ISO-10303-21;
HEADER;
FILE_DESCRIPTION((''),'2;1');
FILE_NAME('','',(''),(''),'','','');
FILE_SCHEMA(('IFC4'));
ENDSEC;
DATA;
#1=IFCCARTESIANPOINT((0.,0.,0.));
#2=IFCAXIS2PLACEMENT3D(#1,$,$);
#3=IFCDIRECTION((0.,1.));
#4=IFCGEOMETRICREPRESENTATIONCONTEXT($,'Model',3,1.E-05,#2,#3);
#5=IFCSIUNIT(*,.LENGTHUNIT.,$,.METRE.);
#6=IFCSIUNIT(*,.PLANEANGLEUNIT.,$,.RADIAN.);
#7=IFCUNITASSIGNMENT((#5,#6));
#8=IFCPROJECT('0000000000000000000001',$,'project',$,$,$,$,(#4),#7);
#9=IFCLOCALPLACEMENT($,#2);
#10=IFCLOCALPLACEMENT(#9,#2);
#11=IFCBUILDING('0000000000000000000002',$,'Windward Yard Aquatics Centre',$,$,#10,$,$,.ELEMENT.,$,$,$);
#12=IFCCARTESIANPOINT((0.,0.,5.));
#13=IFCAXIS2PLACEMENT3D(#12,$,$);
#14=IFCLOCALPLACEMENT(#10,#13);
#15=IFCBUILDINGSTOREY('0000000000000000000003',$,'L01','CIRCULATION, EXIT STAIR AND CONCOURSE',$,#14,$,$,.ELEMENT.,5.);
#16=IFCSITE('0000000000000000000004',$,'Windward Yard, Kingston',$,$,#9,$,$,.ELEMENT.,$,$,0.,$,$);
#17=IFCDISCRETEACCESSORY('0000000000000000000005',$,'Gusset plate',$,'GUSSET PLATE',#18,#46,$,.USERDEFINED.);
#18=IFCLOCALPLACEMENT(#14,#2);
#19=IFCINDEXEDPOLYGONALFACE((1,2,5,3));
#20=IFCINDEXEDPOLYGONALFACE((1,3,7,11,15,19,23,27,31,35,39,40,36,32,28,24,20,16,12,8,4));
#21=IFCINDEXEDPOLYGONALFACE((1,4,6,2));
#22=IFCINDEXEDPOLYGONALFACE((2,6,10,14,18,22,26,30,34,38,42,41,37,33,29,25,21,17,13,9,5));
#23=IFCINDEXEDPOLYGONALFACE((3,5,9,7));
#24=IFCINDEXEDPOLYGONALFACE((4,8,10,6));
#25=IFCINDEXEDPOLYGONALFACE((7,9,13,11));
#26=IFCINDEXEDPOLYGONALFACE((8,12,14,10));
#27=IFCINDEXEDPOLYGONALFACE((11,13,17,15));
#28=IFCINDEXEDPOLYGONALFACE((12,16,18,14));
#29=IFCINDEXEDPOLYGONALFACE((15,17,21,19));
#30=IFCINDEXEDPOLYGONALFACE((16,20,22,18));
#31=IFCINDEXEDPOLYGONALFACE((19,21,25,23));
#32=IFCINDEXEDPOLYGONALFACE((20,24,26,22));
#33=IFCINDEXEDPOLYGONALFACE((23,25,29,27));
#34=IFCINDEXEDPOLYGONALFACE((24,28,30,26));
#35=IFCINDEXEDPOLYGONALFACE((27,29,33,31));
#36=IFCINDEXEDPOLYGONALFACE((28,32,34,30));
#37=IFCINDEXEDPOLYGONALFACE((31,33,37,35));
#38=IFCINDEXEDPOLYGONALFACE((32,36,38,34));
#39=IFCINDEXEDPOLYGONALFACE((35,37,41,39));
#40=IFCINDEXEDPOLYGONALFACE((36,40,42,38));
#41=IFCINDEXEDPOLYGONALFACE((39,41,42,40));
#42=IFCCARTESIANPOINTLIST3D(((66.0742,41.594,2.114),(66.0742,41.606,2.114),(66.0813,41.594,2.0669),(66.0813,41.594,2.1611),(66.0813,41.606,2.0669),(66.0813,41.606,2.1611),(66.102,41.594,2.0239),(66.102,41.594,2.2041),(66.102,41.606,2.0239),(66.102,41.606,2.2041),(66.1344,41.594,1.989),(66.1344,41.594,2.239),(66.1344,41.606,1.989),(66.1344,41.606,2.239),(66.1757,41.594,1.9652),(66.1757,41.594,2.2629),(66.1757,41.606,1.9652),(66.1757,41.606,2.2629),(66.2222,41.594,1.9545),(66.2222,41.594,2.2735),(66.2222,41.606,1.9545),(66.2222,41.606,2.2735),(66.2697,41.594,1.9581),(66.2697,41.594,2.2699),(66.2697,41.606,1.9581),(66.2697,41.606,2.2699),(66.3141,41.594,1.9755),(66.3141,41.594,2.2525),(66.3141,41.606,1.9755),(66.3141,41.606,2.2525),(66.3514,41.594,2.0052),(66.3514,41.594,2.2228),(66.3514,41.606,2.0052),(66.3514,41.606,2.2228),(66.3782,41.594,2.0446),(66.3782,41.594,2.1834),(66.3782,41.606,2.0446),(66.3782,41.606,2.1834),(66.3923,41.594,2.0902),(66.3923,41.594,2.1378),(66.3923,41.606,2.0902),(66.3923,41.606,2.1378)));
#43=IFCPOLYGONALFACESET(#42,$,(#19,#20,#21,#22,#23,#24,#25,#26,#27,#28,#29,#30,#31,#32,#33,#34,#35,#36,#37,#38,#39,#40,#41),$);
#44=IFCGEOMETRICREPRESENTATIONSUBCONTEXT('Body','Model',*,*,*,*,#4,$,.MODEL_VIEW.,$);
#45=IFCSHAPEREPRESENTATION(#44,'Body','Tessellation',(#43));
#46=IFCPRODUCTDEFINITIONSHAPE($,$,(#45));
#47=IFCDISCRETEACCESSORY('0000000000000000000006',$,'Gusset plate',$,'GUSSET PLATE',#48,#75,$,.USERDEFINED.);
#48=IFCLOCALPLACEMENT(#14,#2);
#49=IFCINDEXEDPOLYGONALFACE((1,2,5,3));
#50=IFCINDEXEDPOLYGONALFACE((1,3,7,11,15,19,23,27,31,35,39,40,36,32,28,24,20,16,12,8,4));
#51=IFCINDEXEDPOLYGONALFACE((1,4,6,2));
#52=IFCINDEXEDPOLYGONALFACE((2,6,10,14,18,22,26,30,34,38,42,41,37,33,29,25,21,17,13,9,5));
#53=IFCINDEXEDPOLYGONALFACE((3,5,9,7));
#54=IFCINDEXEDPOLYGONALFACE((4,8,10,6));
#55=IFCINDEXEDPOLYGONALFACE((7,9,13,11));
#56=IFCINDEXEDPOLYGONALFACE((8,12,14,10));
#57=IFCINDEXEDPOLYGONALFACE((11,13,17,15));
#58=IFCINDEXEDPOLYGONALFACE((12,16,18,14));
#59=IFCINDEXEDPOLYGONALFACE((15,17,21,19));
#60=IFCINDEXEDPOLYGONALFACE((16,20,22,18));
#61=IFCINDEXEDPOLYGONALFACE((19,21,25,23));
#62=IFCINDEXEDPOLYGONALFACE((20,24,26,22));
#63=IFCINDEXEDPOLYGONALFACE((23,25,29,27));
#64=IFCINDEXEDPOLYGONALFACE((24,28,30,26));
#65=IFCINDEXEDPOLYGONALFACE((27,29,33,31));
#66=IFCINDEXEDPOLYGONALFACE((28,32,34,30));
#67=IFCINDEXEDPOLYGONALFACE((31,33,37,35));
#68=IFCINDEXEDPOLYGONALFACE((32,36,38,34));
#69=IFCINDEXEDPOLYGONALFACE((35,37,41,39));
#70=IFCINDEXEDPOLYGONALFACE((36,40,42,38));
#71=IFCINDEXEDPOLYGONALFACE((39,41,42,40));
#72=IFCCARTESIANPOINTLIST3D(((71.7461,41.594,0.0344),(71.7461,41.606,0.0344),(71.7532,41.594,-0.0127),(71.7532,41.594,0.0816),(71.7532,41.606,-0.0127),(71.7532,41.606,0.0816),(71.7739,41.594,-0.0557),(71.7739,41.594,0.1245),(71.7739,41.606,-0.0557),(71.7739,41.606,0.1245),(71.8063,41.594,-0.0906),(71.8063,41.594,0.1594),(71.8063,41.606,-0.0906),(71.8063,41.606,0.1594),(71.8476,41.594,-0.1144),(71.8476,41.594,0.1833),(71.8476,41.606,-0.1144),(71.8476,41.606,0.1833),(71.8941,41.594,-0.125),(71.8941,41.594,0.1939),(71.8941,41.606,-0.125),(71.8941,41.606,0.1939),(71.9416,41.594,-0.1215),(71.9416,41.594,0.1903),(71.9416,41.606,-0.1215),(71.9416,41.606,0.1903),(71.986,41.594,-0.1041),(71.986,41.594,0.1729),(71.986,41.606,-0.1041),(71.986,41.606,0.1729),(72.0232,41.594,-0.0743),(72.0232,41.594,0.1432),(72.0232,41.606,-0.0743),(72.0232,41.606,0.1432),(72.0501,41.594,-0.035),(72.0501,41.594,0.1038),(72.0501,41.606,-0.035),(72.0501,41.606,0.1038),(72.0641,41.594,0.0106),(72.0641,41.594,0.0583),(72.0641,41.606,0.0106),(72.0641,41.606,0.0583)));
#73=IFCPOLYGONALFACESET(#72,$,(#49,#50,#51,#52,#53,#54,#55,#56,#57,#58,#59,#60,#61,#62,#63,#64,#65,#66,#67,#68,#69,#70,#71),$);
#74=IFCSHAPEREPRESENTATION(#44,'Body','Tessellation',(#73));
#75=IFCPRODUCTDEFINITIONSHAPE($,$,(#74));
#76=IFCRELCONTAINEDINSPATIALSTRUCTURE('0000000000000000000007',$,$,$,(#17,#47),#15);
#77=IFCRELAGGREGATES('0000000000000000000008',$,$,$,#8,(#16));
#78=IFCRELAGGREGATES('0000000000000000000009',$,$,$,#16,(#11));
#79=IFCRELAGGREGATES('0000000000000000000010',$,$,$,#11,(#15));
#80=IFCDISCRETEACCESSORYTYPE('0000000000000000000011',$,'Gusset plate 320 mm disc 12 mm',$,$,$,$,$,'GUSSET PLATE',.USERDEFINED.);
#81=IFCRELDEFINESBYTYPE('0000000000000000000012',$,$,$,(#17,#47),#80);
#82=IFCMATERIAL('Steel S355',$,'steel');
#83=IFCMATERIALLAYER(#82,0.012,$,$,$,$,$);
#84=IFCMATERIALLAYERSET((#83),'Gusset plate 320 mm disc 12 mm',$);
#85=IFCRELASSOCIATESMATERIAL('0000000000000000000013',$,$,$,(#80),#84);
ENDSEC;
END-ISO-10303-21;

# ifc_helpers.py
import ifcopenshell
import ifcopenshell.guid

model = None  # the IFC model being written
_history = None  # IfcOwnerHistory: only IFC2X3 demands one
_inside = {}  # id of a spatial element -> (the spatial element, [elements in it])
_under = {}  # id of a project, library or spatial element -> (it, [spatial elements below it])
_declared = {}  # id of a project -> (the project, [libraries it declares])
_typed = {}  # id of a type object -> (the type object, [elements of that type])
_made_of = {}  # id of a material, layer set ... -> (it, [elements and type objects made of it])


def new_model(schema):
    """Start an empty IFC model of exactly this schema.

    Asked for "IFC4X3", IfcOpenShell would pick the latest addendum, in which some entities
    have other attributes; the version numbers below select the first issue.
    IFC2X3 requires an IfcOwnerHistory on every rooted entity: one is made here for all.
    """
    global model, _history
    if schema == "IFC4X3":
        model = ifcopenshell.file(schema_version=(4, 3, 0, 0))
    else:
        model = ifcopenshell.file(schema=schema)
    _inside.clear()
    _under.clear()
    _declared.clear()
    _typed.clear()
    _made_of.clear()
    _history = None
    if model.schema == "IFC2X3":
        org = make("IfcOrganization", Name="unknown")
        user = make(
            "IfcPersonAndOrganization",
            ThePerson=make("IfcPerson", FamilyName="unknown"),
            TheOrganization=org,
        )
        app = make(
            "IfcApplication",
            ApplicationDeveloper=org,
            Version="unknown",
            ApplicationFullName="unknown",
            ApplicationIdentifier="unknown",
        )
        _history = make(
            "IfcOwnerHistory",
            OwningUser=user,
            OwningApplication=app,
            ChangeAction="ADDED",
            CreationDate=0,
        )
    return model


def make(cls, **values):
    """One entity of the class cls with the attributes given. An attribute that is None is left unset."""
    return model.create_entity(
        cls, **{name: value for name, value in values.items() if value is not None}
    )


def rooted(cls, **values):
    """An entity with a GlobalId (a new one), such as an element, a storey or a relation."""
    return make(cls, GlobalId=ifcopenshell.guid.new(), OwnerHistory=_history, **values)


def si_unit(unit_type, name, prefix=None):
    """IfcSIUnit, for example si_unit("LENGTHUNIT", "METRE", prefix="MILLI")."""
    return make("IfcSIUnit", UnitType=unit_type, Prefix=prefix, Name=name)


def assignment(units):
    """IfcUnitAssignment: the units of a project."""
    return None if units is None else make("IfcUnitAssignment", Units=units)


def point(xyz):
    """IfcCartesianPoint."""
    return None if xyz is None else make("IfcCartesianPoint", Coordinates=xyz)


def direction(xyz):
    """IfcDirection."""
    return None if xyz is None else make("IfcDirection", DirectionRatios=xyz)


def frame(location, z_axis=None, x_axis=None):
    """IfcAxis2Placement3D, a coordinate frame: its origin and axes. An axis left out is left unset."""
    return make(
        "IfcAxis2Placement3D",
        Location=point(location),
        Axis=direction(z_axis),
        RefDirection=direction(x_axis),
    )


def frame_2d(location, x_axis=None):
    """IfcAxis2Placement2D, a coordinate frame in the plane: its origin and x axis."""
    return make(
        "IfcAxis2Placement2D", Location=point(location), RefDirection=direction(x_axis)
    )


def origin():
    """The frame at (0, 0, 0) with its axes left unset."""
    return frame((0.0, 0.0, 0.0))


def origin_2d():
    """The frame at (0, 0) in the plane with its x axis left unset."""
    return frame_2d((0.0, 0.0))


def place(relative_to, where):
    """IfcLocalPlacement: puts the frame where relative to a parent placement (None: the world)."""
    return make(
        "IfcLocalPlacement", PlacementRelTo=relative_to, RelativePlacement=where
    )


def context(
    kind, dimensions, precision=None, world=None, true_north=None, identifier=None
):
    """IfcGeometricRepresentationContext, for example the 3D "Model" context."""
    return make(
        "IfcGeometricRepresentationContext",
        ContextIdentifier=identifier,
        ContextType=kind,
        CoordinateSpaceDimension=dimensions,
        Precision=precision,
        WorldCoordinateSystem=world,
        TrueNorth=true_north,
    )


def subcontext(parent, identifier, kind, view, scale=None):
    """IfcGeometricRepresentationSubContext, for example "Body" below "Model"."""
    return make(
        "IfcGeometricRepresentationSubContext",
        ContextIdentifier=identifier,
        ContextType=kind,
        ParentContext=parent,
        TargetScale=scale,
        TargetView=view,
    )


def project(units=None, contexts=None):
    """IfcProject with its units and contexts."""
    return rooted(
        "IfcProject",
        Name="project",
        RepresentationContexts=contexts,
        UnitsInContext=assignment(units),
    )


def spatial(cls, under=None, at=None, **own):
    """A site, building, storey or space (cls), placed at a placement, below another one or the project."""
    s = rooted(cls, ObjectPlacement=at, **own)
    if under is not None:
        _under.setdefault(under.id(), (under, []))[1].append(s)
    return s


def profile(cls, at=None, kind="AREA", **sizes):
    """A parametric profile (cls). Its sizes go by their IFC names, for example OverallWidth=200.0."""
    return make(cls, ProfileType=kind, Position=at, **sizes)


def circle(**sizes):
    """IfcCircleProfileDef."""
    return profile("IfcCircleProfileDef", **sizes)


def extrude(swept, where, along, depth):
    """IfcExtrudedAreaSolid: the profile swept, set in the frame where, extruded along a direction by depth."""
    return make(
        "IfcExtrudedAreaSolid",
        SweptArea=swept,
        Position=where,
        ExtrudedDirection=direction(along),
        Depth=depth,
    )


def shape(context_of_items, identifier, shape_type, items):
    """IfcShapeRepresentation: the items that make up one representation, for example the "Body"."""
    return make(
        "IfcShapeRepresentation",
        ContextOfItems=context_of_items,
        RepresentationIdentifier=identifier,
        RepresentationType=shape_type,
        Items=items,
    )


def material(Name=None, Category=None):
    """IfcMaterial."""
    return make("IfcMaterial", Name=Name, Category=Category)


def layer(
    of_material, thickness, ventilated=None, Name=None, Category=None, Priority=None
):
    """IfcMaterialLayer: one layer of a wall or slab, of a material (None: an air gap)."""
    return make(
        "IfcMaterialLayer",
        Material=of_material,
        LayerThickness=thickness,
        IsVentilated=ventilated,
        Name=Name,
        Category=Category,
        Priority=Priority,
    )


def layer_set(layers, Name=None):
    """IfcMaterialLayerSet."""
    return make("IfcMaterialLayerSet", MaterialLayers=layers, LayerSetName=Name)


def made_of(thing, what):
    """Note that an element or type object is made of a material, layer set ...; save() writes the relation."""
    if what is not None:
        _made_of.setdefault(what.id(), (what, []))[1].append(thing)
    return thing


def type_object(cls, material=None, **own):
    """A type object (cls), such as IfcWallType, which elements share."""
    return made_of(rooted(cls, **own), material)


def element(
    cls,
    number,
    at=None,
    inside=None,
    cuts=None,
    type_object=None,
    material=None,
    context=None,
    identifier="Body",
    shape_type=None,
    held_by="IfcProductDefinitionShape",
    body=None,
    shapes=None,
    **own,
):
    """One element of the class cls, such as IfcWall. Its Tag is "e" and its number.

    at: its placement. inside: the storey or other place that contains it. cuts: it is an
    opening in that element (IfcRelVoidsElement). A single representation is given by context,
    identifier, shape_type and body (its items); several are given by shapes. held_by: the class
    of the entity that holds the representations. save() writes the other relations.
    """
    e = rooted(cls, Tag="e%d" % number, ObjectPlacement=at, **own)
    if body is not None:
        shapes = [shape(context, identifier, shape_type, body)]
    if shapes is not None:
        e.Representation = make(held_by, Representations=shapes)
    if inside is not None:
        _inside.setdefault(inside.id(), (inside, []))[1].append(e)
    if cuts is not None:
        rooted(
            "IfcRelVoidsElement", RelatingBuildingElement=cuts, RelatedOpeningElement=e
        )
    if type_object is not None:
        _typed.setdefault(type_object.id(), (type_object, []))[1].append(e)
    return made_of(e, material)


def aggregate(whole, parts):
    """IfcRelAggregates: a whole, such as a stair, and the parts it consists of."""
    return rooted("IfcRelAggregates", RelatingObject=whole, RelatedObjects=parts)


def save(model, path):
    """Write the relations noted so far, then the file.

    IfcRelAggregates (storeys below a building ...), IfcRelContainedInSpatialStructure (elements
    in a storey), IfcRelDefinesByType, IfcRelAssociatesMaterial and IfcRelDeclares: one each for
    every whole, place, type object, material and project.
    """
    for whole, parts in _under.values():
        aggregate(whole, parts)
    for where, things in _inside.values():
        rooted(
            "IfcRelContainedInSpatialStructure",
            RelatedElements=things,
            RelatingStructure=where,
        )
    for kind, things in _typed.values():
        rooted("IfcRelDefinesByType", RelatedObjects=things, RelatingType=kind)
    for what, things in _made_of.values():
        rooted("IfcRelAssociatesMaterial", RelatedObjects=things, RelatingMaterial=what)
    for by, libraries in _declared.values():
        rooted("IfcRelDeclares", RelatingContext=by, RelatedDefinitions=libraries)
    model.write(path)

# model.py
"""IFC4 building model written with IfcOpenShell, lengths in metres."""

from ifc_helpers import new_model, si_unit, direction, frame, origin, origin_2d, place, context, subcontext, project, spatial, circle, extrude, material, layer, layer_set, type_object, element, save


model = new_model("IFC4")

# Units and contexts
model_context = context("Model", 3, precision=1e-05, world=origin(), true_north=direction((0.0, 1.0)))
body_context = subcontext(model_context, "Body", "Model", "MODEL_VIEW")
ifc_project = project(units=[si_unit("LENGTHUNIT", "METRE"), si_unit("PLANEANGLEUNIT", "RADIAN")], contexts=[model_context])

# Site, building, storey
site_placement = place(None, origin())
site = spatial("IfcSite", under=ifc_project, at=site_placement, Name="Windward Yard, Kingston", CompositionType="ELEMENT", RefElevation=0.0)
building_placement = place(site_placement, origin())
building = spatial("IfcBuilding", under=site, at=building_placement, Name="Windward Yard Aquatics Centre", CompositionType="ELEMENT")
storey_placement = place(building_placement, frame((0.0, 0.0, 5.0)))
storey = spatial("IfcBuildingStorey", under=building, at=storey_placement, Name="L01", Description="CIRCULATION, EXIT STAIR AND CONCOURSE", CompositionType="ELEMENT", Elevation=5.0)

# Discrete accessories
ifc_material_1 = material(Name="Steel S355", Category="steel")
ifc_layer_1 = layer(ifc_material_1, 0.012)
ifc_layer_set_1 = layer_set([ifc_layer_1], Name="Gusset plate 320 mm disc 12 mm")
discrete_accessory_type = type_object("IfcDiscreteAccessoryType", Name="Gusset plate 320 mm disc 12 mm", ElementType="GUSSET PLATE", PredefinedType="USERDEFINED", material=ifc_layer_set_1)
for number, where, z_axis, x_axis, name in (
    (1, (66.2341, 41.594, 2.114), (0.0, 1.0, 0.0), (-1.0, 0.0, 0.0), "Gusset plate"),
    (2, (71.906, 41.594, 0.0344), (0.0, 1.0, 0.0), (-1.0, 0.0, 0.0), "Gusset plate"),
):
    element("IfcDiscreteAccessory", number, at=place(storey_placement, frame(where, z_axis=z_axis, x_axis=x_axis)), inside=storey, type_object=discrete_accessory_type, Name=name, ObjectType="GUSSET PLATE", PredefinedType="USERDEFINED", context=body_context, shape_type="SweptSolid", body=[
        extrude(circle(Radius=0.1599, at=origin_2d()), origin(), (0.0, 0.0, 1.0), 0.012),
    ])

save(model, "model.ifc")
